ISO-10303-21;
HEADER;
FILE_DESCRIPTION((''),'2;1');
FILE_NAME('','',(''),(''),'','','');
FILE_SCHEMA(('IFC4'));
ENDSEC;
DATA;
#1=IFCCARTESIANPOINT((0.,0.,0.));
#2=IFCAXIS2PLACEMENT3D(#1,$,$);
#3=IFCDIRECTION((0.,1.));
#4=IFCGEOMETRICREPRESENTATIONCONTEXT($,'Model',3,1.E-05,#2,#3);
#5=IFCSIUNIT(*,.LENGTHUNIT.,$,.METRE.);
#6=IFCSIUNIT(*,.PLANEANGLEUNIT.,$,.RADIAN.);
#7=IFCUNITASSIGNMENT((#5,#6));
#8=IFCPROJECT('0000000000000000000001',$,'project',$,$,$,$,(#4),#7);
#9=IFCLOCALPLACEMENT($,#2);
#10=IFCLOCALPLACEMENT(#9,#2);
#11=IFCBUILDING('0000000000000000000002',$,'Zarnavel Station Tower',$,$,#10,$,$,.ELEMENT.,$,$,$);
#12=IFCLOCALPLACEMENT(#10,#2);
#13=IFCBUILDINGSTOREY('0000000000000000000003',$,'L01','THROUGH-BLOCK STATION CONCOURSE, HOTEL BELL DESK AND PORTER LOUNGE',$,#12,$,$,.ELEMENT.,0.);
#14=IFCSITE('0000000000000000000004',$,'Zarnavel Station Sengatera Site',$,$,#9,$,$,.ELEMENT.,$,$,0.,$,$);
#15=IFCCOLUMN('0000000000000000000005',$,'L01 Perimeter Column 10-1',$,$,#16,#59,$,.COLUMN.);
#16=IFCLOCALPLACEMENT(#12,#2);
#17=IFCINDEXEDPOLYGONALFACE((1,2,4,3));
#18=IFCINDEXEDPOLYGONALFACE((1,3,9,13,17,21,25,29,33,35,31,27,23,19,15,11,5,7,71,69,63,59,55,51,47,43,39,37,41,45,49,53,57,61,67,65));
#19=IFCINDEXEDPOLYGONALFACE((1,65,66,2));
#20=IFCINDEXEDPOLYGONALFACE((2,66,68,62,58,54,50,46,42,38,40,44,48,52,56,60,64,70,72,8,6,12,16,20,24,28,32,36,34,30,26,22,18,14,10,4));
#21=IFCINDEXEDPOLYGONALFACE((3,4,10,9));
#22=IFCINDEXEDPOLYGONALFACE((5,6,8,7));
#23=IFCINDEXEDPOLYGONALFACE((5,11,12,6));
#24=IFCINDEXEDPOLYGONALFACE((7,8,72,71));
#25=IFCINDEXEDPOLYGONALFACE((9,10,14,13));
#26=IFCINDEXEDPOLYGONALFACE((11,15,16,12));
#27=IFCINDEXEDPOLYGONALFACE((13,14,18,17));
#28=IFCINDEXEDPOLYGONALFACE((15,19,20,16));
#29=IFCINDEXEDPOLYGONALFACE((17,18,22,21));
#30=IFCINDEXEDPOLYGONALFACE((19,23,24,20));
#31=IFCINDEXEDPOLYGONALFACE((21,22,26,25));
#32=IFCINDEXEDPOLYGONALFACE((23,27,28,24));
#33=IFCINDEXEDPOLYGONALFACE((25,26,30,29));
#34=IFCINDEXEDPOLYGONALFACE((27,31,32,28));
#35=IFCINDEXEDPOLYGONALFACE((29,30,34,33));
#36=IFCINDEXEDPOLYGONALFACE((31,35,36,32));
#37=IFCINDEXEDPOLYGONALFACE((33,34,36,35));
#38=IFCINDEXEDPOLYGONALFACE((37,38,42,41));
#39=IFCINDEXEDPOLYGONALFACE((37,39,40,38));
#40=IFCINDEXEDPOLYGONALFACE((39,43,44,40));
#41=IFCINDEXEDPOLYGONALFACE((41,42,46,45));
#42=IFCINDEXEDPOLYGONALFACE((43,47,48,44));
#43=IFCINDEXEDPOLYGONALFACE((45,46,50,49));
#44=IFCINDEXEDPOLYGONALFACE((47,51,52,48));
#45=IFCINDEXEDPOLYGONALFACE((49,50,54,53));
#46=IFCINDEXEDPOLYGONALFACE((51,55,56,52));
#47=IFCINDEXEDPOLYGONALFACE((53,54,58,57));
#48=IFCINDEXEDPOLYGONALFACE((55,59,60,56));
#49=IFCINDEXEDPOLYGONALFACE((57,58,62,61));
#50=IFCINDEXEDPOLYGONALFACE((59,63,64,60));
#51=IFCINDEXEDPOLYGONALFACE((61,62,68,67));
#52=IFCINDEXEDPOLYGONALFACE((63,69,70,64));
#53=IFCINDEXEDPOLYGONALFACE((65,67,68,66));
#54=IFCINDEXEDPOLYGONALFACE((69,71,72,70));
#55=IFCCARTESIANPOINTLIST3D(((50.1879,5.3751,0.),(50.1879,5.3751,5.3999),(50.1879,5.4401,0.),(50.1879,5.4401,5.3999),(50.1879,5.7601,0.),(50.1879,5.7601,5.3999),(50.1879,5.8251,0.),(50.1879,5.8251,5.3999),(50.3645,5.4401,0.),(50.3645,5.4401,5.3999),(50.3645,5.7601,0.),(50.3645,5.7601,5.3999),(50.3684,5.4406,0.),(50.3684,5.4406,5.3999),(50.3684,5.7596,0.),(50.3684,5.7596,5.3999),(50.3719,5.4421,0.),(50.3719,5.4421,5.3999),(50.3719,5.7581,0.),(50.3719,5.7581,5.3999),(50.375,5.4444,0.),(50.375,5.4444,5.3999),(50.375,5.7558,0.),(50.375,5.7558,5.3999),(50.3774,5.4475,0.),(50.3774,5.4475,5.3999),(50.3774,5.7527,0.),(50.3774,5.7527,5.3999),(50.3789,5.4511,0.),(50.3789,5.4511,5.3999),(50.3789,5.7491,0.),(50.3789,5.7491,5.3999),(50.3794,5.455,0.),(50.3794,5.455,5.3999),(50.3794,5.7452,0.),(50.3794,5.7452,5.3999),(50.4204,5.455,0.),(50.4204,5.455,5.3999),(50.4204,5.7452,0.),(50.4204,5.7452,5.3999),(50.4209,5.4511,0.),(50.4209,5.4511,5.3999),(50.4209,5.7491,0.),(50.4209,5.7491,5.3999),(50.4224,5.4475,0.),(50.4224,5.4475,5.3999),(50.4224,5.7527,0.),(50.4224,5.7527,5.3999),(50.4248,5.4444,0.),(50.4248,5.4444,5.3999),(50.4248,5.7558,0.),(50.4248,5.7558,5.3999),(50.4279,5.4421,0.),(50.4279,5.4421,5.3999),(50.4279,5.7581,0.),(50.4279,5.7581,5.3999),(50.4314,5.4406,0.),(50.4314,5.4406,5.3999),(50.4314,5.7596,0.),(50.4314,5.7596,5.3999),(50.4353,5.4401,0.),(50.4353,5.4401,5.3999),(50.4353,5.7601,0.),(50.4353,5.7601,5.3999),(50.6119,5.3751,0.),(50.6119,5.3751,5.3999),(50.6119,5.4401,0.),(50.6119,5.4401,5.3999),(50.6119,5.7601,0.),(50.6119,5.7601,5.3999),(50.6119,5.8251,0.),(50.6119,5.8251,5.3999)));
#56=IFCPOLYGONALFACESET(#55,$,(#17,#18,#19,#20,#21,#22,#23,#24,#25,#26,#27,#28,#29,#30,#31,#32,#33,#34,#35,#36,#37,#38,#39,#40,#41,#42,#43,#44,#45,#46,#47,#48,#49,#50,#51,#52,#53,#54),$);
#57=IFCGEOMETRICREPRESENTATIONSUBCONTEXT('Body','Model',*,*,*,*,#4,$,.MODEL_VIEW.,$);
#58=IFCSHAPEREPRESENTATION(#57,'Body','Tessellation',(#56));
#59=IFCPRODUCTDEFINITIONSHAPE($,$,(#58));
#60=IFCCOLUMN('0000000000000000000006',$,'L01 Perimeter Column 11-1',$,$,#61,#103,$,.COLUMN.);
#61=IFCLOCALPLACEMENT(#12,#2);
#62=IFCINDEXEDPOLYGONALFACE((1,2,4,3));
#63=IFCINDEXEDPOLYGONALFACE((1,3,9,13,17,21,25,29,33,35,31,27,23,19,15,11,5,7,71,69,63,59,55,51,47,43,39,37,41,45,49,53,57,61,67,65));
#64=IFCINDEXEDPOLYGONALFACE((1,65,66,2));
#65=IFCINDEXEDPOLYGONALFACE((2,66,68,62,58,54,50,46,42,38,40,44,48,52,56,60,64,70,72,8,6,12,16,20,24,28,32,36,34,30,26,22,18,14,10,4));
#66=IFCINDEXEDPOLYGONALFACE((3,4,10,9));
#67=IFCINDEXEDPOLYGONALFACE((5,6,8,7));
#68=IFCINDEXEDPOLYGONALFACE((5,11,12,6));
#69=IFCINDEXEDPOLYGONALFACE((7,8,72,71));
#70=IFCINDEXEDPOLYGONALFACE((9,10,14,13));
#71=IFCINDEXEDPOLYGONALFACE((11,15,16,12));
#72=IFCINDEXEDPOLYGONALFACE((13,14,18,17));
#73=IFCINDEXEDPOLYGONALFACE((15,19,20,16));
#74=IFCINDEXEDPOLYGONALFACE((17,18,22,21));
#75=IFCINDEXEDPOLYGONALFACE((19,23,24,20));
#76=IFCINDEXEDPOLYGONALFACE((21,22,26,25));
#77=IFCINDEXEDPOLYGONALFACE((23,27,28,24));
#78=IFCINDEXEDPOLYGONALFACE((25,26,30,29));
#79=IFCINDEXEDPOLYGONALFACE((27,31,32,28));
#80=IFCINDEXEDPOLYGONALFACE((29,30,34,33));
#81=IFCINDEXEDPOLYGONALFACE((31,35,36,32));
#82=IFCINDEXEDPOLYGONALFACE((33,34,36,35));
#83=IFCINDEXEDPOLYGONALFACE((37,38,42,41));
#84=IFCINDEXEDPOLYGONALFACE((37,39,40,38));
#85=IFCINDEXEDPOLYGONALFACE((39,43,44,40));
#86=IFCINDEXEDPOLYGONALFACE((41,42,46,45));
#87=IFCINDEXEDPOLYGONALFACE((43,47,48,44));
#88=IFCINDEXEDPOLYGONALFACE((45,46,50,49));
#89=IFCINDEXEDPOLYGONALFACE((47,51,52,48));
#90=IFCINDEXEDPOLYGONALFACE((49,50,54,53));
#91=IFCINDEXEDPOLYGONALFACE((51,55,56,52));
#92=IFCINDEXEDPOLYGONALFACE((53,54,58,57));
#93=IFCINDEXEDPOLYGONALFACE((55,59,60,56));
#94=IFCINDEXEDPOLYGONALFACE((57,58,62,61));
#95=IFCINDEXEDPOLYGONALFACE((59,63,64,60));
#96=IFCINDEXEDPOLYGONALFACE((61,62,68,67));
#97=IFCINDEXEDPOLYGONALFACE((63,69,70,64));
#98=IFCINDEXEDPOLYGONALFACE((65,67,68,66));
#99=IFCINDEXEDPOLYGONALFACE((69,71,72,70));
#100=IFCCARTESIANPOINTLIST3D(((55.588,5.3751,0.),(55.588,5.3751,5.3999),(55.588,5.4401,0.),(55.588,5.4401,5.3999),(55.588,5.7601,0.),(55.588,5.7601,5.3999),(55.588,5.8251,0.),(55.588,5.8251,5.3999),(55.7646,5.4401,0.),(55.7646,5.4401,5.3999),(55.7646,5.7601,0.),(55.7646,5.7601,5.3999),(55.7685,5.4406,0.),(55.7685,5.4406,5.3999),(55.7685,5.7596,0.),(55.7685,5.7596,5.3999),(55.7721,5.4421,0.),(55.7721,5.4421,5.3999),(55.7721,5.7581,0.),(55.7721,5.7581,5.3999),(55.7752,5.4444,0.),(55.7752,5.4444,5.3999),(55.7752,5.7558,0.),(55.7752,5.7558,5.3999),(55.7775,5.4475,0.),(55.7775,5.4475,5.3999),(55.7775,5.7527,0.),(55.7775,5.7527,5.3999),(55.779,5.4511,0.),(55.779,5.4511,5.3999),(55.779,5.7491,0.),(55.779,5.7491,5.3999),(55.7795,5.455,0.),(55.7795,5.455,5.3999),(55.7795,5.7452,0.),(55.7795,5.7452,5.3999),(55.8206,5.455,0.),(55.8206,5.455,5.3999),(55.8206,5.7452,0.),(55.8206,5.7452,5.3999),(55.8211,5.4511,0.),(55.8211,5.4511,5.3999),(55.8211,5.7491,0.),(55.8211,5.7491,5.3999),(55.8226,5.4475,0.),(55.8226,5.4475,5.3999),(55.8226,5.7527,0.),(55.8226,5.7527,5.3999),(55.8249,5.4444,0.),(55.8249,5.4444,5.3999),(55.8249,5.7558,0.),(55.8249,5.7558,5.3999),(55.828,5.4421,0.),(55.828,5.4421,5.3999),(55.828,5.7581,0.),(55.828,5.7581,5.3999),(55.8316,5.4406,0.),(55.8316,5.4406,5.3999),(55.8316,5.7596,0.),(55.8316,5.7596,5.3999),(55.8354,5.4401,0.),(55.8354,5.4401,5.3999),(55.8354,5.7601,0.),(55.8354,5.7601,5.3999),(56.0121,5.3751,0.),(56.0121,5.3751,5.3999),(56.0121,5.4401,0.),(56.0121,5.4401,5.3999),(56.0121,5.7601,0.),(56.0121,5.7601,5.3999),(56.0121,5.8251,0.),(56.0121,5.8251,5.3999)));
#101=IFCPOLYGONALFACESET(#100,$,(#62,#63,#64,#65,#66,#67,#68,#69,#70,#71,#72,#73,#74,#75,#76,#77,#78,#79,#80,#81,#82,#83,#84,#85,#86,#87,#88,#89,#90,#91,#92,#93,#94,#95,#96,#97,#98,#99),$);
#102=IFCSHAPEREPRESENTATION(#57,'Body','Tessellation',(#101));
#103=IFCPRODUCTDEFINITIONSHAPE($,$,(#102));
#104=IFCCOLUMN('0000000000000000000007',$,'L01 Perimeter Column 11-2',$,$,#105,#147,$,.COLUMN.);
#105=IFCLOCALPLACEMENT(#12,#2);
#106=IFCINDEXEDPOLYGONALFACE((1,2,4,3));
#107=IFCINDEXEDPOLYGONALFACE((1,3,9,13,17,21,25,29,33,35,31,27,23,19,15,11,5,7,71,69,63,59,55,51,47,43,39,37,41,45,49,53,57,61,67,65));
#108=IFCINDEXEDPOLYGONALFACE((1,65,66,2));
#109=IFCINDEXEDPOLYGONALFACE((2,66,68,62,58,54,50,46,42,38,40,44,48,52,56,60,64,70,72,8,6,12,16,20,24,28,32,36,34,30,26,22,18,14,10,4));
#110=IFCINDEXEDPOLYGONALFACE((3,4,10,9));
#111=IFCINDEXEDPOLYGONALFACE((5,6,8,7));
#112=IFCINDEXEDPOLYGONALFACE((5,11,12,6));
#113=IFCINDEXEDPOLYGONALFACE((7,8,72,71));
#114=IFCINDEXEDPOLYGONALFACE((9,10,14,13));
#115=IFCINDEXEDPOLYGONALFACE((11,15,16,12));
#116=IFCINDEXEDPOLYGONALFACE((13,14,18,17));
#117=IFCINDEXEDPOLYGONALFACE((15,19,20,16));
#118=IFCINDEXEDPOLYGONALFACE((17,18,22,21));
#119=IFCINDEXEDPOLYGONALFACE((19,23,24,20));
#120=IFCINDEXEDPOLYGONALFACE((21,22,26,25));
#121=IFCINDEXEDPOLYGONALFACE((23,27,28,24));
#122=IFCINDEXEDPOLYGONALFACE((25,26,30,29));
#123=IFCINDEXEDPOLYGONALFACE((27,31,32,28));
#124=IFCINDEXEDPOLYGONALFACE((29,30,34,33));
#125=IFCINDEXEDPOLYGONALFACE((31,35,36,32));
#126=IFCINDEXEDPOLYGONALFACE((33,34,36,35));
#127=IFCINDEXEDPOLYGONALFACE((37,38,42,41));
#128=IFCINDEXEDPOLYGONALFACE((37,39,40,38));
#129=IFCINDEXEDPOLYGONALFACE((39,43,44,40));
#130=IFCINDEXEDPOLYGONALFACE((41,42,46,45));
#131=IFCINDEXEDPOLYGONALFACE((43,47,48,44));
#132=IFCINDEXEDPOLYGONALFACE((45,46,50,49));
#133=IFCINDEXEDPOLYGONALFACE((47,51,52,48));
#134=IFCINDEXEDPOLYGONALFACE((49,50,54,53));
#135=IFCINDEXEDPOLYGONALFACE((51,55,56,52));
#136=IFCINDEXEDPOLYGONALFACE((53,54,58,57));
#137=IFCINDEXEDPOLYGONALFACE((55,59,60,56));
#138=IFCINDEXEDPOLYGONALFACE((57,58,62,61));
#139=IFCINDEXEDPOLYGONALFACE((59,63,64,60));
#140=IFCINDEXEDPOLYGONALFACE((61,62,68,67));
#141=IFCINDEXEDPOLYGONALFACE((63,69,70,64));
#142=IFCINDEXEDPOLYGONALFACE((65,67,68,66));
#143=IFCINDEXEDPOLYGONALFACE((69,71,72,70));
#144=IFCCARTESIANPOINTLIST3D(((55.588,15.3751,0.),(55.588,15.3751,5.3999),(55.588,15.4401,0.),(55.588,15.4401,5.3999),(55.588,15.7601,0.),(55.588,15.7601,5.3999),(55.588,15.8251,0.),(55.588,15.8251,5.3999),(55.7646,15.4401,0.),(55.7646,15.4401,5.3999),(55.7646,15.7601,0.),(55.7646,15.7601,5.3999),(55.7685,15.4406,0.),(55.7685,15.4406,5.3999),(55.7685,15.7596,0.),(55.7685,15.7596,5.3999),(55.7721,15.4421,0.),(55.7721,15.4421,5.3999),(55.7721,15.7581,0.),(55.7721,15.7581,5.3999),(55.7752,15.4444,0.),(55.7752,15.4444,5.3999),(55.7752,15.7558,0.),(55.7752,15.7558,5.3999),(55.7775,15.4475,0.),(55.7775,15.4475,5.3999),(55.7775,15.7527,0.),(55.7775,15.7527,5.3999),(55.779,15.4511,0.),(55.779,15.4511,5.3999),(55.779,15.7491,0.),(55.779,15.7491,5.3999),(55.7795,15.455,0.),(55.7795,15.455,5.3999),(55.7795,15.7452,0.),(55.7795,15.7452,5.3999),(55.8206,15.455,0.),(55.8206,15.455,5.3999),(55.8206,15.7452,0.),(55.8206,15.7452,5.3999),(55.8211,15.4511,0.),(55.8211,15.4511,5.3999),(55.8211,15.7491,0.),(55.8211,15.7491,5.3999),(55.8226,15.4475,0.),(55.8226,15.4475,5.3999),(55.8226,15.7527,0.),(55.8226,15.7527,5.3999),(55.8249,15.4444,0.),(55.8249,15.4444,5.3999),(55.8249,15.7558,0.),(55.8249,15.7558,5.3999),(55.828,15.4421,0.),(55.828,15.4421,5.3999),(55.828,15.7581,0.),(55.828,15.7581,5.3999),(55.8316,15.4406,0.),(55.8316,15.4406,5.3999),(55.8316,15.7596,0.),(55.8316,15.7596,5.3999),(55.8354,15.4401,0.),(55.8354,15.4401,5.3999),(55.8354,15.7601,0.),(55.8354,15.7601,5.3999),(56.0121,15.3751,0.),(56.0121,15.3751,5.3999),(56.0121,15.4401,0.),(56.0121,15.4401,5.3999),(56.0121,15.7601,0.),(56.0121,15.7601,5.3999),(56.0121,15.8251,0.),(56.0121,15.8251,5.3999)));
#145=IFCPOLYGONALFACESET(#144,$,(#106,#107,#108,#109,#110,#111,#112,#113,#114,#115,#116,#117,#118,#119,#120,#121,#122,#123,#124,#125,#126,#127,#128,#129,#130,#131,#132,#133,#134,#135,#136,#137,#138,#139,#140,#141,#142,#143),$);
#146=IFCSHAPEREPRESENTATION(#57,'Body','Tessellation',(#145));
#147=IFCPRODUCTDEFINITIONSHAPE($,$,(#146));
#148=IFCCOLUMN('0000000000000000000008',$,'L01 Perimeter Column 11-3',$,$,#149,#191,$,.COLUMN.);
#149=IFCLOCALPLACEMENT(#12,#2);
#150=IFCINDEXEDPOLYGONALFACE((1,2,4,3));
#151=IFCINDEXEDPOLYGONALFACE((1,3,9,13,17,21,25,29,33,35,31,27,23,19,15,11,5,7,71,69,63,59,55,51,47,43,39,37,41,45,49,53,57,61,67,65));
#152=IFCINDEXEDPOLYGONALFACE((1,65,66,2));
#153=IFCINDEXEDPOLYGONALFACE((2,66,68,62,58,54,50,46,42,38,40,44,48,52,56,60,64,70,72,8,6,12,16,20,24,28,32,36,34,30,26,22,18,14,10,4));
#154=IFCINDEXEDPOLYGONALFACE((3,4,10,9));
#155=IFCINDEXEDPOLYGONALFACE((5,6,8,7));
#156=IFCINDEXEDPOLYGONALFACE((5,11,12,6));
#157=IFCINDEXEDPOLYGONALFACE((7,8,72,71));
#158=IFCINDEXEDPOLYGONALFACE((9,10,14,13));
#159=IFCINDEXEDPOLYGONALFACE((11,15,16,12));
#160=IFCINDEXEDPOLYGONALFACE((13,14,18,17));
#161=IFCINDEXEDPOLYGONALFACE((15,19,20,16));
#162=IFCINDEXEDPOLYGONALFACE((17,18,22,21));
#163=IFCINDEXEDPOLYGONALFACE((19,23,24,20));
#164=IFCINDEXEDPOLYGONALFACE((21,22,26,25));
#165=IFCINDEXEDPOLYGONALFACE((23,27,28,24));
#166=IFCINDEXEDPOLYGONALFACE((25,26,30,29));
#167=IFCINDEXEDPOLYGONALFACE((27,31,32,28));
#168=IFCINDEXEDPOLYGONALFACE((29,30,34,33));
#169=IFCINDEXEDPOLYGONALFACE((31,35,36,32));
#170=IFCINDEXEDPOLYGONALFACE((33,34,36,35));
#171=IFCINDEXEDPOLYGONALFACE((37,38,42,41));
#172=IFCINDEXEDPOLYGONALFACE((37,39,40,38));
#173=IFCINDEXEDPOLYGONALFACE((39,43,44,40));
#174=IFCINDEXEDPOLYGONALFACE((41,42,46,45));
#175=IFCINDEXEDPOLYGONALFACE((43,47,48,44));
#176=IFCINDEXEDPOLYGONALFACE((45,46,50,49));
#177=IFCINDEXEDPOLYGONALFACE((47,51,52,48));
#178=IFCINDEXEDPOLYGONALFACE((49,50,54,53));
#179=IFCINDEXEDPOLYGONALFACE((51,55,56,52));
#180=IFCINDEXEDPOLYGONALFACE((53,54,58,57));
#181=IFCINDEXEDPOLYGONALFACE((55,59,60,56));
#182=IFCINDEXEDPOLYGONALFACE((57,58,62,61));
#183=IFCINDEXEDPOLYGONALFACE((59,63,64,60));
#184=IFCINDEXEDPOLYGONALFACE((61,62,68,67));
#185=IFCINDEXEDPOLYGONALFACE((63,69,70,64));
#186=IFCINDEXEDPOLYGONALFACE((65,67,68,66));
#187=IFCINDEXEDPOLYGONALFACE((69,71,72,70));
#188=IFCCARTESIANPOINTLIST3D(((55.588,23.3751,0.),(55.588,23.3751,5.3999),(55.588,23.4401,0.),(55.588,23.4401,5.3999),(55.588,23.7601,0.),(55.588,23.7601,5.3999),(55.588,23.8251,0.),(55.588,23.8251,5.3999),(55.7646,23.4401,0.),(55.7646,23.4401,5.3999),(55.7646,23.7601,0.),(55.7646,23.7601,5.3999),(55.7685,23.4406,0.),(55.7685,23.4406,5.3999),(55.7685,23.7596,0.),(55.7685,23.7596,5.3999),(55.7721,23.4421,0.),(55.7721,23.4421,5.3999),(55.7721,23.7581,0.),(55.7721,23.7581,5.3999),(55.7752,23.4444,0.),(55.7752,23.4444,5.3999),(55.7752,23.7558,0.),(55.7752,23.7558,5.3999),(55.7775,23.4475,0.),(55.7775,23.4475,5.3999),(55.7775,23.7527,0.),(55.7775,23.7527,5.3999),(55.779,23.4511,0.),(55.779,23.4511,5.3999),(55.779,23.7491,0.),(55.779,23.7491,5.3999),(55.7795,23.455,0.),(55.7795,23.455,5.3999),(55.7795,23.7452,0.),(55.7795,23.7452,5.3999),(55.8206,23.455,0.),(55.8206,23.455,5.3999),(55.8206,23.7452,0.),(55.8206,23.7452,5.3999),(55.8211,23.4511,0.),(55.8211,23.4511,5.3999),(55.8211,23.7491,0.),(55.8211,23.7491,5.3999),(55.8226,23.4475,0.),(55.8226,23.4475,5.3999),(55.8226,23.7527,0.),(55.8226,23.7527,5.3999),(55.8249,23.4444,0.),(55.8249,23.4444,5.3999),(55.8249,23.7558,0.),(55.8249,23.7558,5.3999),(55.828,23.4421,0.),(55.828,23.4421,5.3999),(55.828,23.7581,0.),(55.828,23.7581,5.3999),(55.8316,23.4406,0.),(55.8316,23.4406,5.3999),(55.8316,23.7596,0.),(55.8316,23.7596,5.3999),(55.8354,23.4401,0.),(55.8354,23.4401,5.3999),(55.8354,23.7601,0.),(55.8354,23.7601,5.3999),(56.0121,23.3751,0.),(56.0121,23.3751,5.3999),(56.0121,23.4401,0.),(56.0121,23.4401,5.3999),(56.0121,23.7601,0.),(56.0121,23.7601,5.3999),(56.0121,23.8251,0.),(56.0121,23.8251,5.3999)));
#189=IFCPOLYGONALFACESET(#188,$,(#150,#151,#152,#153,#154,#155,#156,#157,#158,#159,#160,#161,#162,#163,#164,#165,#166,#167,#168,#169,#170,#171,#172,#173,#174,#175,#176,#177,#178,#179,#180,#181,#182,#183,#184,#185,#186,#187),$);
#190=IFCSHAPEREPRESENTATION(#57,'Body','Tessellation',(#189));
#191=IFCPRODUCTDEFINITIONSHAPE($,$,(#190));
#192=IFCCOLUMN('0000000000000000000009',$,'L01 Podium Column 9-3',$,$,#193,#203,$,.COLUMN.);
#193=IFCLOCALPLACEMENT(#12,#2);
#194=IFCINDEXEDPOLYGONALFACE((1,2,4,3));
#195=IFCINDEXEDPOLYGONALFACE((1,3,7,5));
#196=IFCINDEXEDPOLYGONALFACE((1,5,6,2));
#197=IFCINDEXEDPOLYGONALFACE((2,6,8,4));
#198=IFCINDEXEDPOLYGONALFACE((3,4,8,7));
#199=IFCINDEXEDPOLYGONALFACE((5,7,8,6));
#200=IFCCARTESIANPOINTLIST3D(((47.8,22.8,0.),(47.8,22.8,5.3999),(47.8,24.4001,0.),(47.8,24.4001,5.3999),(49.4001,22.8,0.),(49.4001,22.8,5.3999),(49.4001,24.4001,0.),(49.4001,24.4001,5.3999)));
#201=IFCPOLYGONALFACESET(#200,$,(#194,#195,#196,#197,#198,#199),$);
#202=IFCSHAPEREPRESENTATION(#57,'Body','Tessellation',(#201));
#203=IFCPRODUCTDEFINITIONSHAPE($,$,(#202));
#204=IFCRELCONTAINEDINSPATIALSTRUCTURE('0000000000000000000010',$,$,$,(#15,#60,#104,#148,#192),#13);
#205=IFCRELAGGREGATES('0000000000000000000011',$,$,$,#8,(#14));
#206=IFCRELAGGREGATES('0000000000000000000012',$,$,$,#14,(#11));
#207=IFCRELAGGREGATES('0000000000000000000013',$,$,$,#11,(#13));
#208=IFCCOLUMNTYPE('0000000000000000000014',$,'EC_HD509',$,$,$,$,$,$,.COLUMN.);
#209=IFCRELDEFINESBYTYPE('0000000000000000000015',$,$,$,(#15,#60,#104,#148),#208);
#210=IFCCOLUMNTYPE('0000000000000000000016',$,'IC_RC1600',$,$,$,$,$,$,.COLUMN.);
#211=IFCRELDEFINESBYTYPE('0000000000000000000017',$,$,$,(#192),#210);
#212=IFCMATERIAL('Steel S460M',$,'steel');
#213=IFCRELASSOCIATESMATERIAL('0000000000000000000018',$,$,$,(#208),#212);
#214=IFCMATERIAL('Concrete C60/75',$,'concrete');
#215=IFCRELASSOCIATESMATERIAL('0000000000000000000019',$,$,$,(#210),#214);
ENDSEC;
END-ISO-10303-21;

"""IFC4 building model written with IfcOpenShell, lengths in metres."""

from ifc_helpers import new_model, si_unit, direction, frame, origin, origin_2d, place, context, subcontext, project, spatial, rectangle, i_section, extrude, material, material_profile, profile_set, type_object, element, save


model = new_model("IFC4")

# Units and contexts
model_context = context("Model", 3, precision=1e-05, world=origin(), true_north=direction((0.0, 1.0)))
body_context = subcontext(model_context, "Body", "Model", "MODEL_VIEW")
ifc_project = project(units=[si_unit("LENGTHUNIT", "METRE"), si_unit("PLANEANGLEUNIT", "RADIAN")], contexts=[model_context])

# Site, building, storey
site_placement = place(None, origin())
site = spatial("IfcSite", under=ifc_project, at=site_placement, Name="Zarnavel Station Sengatera Site", CompositionType="ELEMENT", RefElevation=0.0)
building_placement = place(site_placement, origin())
building = spatial("IfcBuilding", under=site, at=building_placement, Name="Zarnavel Station Tower", CompositionType="ELEMENT")
storey_placement = place(building_placement, origin())
storey = spatial("IfcBuildingStorey", under=building, at=storey_placement, Name="L01", Description="THROUGH-BLOCK STATION CONCOURSE, HOTEL BELL DESK AND PORTER LOUNGE", CompositionType="ELEMENT", Elevation=0.0)

# Columns
ifc_material_1 = material(Name="Steel S460M", Category="steel")
ifc_material_profile_1 = material_profile(ifc_material_1, i_section(OverallWidth=0.4241, OverallDepth=0.45, WebThickness=0.041, FlangeThickness=0.0649, FilletRadius=0.0149, at=origin_2d()), Name="HD400x509")
ifc_profile_set_1 = profile_set([ifc_material_profile_1], Name="Steel S460M")
column_type_1 = type_object("IfcColumnType", Name="EC_HD509", PredefinedType="COLUMN", material=ifc_profile_set_1)
for number, where, z_axis, x_axis, name in (
    (1, (50.3999, 5.6001, 0.0), (0.0, 0.0, 1.0), (1.0, 0.0, 0.0), "L01 Perimeter Column 10-1"),
    (2, (55.8, 5.6001, 0.0), (0.0, 0.0, 1.0), (1.0, 0.0, 0.0), "L01 Perimeter Column 11-1"),
    (3, (55.8, 15.6001, 0.0), (0.0, 0.0, 1.0), (1.0, 0.0, 0.0), "L01 Perimeter Column 11-2"),
    (4, (55.8, 23.6001, 0.0), (0.0, 0.0, 1.0), (1.0, 0.0, 0.0), "L01 Perimeter Column 11-3"),
):
    element("IfcColumn", number, at=place(storey_placement, frame(where, z_axis=z_axis, x_axis=x_axis)), inside=storey, type_object=column_type_1, Name=name, PredefinedType="COLUMN", context=body_context, shape_type="SweptSolid", body=[
        extrude(i_section(OverallWidth=0.4241, OverallDepth=0.45, WebThickness=0.041, FlangeThickness=0.0649, FilletRadius=0.0149, at=origin_2d()), origin(), (0.0, 0.0, 1.0), 5.3999),
    ])
ifc_material_2 = material(Name="Concrete C60/75", Category="concrete")
ifc_material_profile_2 = material_profile(ifc_material_2, rectangle(XDim=1.6001, YDim=1.6001, at=origin_2d()), Name="RC1600x1600")
ifc_profile_set_2 = profile_set([ifc_material_profile_2], Name="Concrete C60/75")
column_type_2 = type_object("IfcColumnType", Name="IC_RC1600", PredefinedType="COLUMN", material=ifc_profile_set_2)
for number, where, z_axis, x_axis, name in (
    (5, (48.6001, 23.6001, 0.0), (0.0, 0.0, 1.0), (1.0, 0.0, 0.0), "L01 Podium Column 9-3"),
):
    element("IfcColumn", number, at=place(storey_placement, frame(where, z_axis=z_axis, x_axis=x_axis)), inside=storey, type_object=column_type_2, Name=name, PredefinedType="COLUMN", context=body_context, shape_type="SweptSolid", body=[
        extrude(rectangle(XDim=1.6001, YDim=1.6001, at=origin_2d()), origin(), (0.0, 0.0, 1.0), 5.3999),
    ])

save(model, "model.ifc")
